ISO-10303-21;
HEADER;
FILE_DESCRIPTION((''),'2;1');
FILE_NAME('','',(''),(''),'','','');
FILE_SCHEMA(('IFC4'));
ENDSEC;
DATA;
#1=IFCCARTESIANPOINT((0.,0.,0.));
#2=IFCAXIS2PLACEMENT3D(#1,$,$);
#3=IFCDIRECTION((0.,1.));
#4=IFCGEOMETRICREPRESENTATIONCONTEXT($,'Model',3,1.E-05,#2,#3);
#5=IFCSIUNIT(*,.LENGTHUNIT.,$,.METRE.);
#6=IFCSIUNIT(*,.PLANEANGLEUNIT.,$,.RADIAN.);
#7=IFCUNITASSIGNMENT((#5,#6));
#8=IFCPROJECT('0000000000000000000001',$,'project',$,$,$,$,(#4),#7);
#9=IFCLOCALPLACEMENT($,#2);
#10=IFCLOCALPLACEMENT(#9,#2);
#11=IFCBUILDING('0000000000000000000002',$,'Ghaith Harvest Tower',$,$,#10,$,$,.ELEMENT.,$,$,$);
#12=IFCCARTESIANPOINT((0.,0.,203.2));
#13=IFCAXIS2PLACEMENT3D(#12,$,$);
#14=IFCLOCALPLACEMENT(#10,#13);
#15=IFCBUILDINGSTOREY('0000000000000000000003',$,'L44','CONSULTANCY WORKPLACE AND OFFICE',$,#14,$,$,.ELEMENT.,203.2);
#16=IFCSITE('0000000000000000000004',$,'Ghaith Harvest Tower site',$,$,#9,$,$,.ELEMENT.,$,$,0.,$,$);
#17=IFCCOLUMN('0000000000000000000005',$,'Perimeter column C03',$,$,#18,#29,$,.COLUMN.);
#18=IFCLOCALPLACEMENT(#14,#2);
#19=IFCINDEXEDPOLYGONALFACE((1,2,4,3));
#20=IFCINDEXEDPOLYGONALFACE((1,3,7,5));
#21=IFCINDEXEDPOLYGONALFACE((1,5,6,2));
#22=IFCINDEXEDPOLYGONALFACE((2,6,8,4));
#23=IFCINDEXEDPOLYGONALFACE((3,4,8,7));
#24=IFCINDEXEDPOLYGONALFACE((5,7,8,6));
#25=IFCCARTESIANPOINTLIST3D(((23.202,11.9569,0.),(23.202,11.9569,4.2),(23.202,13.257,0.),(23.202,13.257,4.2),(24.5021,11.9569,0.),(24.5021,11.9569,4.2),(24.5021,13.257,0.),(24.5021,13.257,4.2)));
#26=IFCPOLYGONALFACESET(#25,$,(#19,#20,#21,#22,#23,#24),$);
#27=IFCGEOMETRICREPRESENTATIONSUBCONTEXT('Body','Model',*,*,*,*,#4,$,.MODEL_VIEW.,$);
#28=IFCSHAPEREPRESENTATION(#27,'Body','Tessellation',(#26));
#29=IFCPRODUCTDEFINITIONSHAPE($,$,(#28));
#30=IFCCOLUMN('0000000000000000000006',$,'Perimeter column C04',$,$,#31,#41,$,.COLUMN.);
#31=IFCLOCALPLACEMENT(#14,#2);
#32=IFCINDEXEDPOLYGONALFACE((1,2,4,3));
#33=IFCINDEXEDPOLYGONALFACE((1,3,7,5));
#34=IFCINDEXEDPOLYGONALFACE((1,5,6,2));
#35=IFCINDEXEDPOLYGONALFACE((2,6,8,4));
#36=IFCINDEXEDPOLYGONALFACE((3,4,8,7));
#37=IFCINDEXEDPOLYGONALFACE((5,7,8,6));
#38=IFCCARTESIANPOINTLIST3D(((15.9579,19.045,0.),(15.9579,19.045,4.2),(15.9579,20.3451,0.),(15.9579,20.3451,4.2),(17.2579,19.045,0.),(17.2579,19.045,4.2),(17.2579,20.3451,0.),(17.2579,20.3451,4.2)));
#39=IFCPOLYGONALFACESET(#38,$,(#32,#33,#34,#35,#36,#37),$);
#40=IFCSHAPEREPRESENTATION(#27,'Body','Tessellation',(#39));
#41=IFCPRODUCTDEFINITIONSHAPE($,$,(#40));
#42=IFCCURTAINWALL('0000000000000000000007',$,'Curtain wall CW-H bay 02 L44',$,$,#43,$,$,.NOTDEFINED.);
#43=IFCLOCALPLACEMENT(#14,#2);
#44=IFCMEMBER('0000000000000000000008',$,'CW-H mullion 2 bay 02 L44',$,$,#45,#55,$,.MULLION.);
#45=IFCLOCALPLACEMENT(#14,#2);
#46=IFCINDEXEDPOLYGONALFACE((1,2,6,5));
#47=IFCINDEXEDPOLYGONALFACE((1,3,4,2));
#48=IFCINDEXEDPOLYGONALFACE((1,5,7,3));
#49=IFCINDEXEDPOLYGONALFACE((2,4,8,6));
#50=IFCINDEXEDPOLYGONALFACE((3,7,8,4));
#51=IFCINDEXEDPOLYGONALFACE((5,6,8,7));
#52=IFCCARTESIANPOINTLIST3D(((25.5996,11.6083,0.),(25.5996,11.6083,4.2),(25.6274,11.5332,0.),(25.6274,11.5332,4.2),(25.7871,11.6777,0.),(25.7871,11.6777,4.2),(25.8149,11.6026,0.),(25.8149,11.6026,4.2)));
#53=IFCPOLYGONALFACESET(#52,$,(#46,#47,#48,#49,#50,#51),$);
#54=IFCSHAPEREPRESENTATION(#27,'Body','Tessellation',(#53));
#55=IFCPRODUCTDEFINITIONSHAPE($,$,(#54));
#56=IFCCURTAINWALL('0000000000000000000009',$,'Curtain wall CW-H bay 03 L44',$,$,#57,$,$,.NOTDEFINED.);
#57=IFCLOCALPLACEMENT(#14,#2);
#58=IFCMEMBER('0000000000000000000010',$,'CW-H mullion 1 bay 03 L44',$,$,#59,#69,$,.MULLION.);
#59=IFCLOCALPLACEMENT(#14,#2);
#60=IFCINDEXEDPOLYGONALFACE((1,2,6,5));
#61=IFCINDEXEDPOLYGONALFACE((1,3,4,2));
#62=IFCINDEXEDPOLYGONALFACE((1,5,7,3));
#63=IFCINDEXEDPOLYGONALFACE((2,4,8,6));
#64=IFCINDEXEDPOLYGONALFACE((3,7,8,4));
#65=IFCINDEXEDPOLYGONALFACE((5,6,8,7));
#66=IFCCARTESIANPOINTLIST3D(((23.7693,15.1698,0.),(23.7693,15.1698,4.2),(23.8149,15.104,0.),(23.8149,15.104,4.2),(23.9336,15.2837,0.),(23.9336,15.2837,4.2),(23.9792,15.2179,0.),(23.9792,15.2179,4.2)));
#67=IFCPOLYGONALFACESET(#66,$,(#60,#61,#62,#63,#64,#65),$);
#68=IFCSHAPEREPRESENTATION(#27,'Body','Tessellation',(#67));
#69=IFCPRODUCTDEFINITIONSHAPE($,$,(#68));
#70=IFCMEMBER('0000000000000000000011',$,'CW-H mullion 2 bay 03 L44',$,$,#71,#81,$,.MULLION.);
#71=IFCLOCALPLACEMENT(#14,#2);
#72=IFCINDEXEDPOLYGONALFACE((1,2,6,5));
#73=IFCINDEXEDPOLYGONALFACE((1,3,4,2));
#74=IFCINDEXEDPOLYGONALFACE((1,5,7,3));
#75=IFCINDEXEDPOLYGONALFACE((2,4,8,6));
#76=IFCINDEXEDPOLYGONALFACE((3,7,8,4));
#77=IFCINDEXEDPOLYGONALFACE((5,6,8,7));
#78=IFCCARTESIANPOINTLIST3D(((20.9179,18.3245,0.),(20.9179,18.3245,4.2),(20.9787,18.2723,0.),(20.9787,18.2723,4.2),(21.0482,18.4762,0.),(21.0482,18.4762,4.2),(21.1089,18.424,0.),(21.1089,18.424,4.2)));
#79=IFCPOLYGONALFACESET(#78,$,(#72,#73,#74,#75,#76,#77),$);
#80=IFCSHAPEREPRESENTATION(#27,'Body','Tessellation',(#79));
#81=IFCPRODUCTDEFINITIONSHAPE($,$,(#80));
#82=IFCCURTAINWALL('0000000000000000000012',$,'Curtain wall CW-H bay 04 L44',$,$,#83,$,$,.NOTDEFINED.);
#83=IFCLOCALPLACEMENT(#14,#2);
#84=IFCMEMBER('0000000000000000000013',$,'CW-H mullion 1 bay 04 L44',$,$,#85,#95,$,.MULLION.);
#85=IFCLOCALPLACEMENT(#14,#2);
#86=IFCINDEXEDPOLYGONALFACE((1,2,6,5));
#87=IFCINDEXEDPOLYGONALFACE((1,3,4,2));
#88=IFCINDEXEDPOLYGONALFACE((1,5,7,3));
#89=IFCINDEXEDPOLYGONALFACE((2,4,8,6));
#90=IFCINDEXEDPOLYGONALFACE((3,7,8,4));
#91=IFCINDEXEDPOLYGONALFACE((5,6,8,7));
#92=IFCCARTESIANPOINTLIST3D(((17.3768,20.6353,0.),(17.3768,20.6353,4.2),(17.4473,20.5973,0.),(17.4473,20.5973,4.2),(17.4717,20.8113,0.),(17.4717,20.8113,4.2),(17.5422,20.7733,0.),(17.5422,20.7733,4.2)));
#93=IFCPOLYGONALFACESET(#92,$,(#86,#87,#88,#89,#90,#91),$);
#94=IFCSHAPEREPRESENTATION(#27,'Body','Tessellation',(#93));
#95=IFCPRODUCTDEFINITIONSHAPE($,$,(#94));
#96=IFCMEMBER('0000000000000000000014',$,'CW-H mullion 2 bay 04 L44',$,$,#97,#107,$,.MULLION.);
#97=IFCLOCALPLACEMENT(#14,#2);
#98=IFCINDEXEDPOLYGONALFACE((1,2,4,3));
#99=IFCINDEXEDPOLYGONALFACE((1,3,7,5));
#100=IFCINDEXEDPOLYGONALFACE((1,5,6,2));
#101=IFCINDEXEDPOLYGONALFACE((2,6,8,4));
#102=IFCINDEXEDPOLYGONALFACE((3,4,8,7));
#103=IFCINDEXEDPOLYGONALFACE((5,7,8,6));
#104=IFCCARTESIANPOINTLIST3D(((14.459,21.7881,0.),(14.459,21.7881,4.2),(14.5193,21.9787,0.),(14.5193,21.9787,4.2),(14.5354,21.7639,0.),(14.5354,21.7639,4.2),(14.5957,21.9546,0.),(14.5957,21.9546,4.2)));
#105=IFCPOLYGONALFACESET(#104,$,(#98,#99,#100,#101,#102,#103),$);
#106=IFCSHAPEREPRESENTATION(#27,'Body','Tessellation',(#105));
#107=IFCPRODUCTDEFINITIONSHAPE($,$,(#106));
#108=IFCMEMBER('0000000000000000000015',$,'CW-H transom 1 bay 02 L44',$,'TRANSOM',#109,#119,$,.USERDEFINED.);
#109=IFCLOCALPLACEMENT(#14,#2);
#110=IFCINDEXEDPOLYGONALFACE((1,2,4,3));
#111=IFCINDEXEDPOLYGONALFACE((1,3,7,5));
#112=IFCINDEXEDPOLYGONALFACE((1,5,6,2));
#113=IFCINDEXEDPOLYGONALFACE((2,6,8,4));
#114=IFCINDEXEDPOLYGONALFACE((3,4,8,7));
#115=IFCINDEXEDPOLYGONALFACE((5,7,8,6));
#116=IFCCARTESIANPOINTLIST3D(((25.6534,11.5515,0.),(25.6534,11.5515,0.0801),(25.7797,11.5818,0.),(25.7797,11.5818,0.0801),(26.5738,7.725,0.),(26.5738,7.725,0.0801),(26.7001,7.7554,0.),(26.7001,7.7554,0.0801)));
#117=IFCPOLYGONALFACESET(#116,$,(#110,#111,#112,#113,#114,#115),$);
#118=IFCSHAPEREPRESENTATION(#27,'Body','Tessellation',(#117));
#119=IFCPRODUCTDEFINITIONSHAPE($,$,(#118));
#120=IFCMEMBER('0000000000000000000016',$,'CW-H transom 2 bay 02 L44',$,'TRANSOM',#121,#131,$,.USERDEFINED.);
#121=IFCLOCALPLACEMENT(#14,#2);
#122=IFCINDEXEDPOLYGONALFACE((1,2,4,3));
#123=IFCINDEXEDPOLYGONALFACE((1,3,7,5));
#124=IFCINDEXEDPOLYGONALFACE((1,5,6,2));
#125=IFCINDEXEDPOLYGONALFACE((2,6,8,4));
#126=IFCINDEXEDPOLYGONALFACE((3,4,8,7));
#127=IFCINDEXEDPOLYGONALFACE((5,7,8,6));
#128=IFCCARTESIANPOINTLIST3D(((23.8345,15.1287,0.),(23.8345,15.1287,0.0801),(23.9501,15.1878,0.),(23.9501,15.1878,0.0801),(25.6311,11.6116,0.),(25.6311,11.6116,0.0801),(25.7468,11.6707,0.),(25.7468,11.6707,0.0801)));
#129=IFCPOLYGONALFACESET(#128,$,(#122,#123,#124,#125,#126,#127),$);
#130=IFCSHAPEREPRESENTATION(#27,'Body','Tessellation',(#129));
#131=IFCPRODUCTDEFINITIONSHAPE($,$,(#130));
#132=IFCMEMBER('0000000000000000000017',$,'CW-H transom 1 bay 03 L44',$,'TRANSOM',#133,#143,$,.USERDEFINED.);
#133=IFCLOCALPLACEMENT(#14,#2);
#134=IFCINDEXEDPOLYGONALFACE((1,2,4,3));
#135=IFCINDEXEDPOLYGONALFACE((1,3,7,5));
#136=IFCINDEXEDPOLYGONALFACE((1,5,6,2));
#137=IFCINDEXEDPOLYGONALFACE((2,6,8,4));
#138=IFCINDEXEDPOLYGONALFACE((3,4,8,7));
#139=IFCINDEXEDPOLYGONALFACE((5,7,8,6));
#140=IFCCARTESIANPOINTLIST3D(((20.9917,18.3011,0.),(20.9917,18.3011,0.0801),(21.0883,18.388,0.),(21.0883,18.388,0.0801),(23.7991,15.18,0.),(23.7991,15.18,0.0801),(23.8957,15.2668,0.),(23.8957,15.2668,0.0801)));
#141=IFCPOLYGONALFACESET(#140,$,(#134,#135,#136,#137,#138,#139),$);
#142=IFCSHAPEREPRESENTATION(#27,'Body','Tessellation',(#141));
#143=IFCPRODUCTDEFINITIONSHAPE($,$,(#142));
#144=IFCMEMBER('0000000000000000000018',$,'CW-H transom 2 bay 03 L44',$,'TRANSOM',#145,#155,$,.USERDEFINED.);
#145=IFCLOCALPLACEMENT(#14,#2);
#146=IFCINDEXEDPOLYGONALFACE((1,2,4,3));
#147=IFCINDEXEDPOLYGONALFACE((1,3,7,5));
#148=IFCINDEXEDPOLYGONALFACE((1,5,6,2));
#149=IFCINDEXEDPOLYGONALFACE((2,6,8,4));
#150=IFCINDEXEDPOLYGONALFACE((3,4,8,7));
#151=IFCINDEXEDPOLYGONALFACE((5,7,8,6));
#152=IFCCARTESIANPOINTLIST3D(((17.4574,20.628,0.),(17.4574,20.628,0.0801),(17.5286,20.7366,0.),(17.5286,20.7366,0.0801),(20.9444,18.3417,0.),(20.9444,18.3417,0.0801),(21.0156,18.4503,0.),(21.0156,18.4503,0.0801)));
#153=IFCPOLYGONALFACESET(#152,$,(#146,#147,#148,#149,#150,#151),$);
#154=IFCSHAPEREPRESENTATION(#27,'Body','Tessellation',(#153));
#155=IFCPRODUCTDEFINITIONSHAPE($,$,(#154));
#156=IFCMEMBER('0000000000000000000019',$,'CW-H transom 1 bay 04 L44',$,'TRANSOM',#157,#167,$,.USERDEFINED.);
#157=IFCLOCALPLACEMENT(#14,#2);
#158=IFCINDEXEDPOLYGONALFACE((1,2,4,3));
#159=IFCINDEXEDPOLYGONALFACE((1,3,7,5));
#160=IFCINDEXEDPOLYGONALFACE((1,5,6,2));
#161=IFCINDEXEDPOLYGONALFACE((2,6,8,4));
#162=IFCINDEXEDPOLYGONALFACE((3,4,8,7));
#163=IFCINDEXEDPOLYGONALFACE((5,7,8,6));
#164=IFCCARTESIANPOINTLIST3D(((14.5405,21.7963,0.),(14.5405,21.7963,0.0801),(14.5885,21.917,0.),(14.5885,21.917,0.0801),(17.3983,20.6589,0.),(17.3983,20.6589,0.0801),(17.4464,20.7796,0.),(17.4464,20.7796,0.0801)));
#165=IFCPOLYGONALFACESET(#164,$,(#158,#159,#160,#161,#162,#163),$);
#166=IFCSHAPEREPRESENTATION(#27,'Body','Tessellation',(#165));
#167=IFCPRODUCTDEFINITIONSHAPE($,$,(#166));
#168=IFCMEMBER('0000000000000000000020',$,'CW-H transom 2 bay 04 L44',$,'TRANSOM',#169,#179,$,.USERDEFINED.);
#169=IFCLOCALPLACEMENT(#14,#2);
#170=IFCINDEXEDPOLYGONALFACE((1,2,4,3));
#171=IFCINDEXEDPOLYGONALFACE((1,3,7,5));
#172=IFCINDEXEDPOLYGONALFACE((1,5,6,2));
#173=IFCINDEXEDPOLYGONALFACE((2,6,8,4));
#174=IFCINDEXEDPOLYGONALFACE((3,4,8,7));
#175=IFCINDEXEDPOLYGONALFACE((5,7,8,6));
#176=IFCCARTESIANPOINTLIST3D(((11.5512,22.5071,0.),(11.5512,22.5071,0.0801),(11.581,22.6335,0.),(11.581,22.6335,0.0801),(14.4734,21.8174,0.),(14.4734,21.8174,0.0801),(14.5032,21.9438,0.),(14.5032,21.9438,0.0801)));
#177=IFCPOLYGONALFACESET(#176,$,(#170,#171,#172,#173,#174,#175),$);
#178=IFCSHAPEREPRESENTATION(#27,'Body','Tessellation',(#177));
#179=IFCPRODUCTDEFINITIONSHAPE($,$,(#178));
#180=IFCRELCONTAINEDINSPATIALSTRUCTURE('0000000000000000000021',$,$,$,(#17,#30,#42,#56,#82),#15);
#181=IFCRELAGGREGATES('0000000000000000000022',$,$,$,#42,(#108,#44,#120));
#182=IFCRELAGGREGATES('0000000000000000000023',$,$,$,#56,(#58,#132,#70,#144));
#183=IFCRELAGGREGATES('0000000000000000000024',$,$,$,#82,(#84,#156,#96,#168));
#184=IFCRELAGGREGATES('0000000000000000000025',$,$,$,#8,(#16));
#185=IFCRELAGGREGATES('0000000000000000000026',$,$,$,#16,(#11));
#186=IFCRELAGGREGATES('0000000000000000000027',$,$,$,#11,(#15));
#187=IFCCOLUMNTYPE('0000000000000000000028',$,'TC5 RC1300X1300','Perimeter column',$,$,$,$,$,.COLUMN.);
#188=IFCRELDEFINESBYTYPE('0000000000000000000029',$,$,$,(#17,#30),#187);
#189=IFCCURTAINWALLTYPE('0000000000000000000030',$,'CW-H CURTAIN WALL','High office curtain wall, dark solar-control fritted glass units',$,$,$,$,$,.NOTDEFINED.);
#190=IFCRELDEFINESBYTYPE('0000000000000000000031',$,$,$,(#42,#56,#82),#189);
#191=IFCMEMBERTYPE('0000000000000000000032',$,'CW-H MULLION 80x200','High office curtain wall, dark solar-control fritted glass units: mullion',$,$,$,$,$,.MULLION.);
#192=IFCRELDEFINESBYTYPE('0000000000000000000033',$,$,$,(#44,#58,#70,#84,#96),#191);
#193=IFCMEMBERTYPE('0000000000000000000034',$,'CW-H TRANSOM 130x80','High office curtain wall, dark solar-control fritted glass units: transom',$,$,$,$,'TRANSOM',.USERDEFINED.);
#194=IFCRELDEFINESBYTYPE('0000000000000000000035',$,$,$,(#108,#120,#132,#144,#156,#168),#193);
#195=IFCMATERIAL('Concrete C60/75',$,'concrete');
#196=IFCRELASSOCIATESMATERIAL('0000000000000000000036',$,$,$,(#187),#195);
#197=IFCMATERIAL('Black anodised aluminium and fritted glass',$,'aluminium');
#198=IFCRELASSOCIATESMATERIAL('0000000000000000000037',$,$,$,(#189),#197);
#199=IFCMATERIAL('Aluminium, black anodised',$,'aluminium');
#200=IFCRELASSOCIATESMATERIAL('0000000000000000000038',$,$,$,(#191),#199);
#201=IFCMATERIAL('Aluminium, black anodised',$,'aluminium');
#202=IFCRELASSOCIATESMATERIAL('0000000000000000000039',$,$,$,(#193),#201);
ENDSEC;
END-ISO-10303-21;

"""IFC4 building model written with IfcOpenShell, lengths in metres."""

from ifc_helpers import new_model, si_unit, direction, frame, origin, origin_2d, place, context, subcontext, project, spatial, rectangle, extrude, material, material_profile, profile_set, type_object, element, aggregate, save


model = new_model("IFC4")

# Units and contexts
model_context = context("Model", 3, precision=1e-05, world=origin(), true_north=direction((0.0, 1.0)))
body_context = subcontext(model_context, "Body", "Model", "MODEL_VIEW")
ifc_project = project(units=[si_unit("LENGTHUNIT", "METRE"), si_unit("PLANEANGLEUNIT", "RADIAN")], contexts=[model_context])

# Site, building, storey
site_placement = place(None, origin())
site = spatial("IfcSite", under=ifc_project, at=site_placement, Name="Ghaith Harvest Tower site", CompositionType="ELEMENT", RefElevation=0.0)
building_placement = place(site_placement, origin())
building = spatial("IfcBuilding", under=site, at=building_placement, Name="Ghaith Harvest Tower", CompositionType="ELEMENT")
storey_placement = place(building_placement, frame((0.0, 0.0, 203.2)))
storey = spatial("IfcBuildingStorey", under=building, at=storey_placement, Name="L44", Description="CONSULTANCY WORKPLACE AND OFFICE", CompositionType="ELEMENT", Elevation=203.2)

# Columns
ifc_material_1 = material(Name="Concrete C60/75", Category="concrete")
ifc_material_profile_1 = material_profile(ifc_material_1, rectangle(XDim=1.3, YDim=1.3, at=origin_2d()), Name="RC1300X1300")
ifc_profile_set_1 = profile_set([ifc_material_profile_1], Name="Concrete C60/75")
column_type = type_object("IfcColumnType", Name="TC5 RC1300X1300", Description="Perimeter column", PredefinedType="COLUMN", material=ifc_profile_set_1)
for number, where, z_axis, x_axis, name in (
    (1, (23.8521, 12.6069, 0.0), (0.0, 0.0, 1.0), (1.0, 0.0, 0.0), "Perimeter column C03"),
    (2, (16.6079, 19.6951, 0.0), (0.0, 0.0, 1.0), (1.0, 0.0, 0.0), "Perimeter column C04"),
):
    element("IfcColumn", number, at=place(storey_placement, frame(where, z_axis=z_axis, x_axis=x_axis)), inside=storey, type_object=column_type, Name=name, PredefinedType="COLUMN", context=body_context, shape_type="SweptSolid", body=[
        extrude(rectangle(XDim=1.3, YDim=1.3, at=origin_2d()), origin(), (0.0, 0.0, 1.0), 4.2),
    ])

# Curtain wall, member
ifc_material_2 = material(Name="Black anodised aluminium and fritted glass", Category="aluminium")
curtain_wall_type = type_object("IfcCurtainWallType", Name="CW-H CURTAIN WALL", Description="High office curtain wall, dark solar-control fritted glass units", PredefinedType="NOTDEFINED", material=ifc_material_2)
curtain_wall_1_placement = place(storey_placement, origin())
curtain_wall_1 = element("IfcCurtainWall", 3, at=curtain_wall_1_placement, inside=storey, type_object=curtain_wall_type, Name="Curtain wall CW-H bay 02 L44", PredefinedType="NOTDEFINED")
ifc_material_3 = material(Name="Aluminium, black anodised", Category="aluminium")
ifc_material_profile_2 = material_profile(ifc_material_3, rectangle(XDim=0.0801, YDim=0.2, at=origin_2d()), Name="CW-H MULLION 80x200")
ifc_profile_set_2 = profile_set([ifc_material_profile_2], Name="Aluminium, black anodised")
member_type_1 = type_object("IfcMemberType", Name="CW-H MULLION 80x200", Description="High office curtain wall, dark solar-control fritted glass units: mullion", PredefinedType="MULLION", material=ifc_profile_set_2)
member_1_placement = place(storey_placement, frame((25.7073, 11.6055, 0.0), z_axis=(0.0, 0.0, 1.0), x_axis=(-0.347012, 0.937861, 0.0)))
member_1 = element("IfcMember", 4, at=member_1_placement, type_object=member_type_1, Name="CW-H mullion 2 bay 02 L44", PredefinedType="MULLION", context=body_context, shape_type="SweptSolid", body=[
    extrude(rectangle(XDim=0.0801, YDim=0.2, at=origin_2d()), origin(), (0.0, 0.0, 1.0), 4.2),
])

# Curtain walls, members
curtain_wall_2_placement = place(storey_placement, origin())
curtain_wall_2 = element("IfcCurtainWall", 5, at=curtain_wall_2_placement, inside=storey, type_object=curtain_wall_type, Name="Curtain wall CW-H bay 03 L44", PredefinedType="NOTDEFINED")
member_2_placement = place(storey_placement, frame((23.8743, 15.1938, 0.0), z_axis=(0.0, 0.0, 1.0), x_axis=(-0.569847, 0.821751, 0.0)))
member_2 = element("IfcMember", 6, at=member_2_placement, type_object=member_type_1, Name="CW-H mullion 1 bay 03 L44", PredefinedType="MULLION", context=body_context, shape_type="SweptSolid", body=[
    extrude(rectangle(XDim=0.0801, YDim=0.2, at=origin_2d()), origin(), (0.0, 0.0, 1.0), 4.2),
])
member_3_placement = place(storey_placement, frame((21.0134, 18.3743, 0.0), z_axis=(0.0, 0.0, 1.0), x_axis=(-0.758541, 0.651625, 0.0)))
member_3 = element("IfcMember", 7, at=member_3_placement, type_object=member_type_1, Name="CW-H mullion 2 bay 03 L44", PredefinedType="MULLION", context=body_context, shape_type="SweptSolid", body=[
    extrude(rectangle(XDim=0.0801, YDim=0.2, at=origin_2d()), origin(), (0.0, 0.0, 1.0), 4.2),
])
curtain_wall_3_placement = place(storey_placement, origin())
curtain_wall_3 = element("IfcCurtainWall", 8, at=curtain_wall_3_placement, inside=storey, type_object=curtain_wall_type, Name="Curtain wall CW-H bay 04 L44", PredefinedType="NOTDEFINED")
member_4_placement = place(storey_placement, frame((17.4595, 20.7043, 0.0), z_axis=(0.0, 0.0, 1.0), x_axis=(-0.880203, 0.474597, 0.0)))
member_4 = element("IfcMember", 9, at=member_4_placement, type_object=member_type_1, Name="CW-H mullion 1 bay 04 L44", PredefinedType="MULLION", context=body_context, shape_type="SweptSolid", body=[
    extrude(rectangle(XDim=0.0801, YDim=0.2, at=origin_2d()), origin(), (0.0, 0.0, 1.0), 4.2),
])
member_5_placement = place(storey_placement, frame((14.5273, 21.8713, 0.0), z_axis=(0.0, 0.0, 1.0), x_axis=(-0.953503, 0.301384, 0.0)))
member_5 = element("IfcMember", 10, at=member_5_placement, type_object=member_type_1, Name="CW-H mullion 2 bay 04 L44", PredefinedType="MULLION", context=body_context, shape_type="SweptSolid", body=[
    extrude(rectangle(XDim=0.0801, YDim=0.2, at=origin_2d()), origin(), (0.0, 0.0, 1.0), 4.2),
])

# Members
ifc_material_4 = material(Name="Aluminium, black anodised", Category="aluminium")
ifc_material_profile_3 = material_profile(ifc_material_4, rectangle(XDim=0.1299, YDim=0.0801, at=origin_2d()), Name="CW-H TRANSOM 130x80")
ifc_profile_set_3 = profile_set([ifc_material_profile_3], Name="Aluminium, black anodised")
member_type_2 = type_object("IfcMemberType", Name="CW-H TRANSOM 130x80", Description="High office curtain wall, dark solar-control fritted glass units: transom", ElementType="TRANSOM", PredefinedType="USERDEFINED", material=ifc_profile_set_3)
member_6_placement = place(storey_placement, frame((26.637, 7.7402, 0.04), z_axis=(-0.23387, 0.972268, 0.0), x_axis=(-0.972268, -0.23387, 0.0)))
member_6 = element("IfcMember", 11, at=member_6_placement, type_object=member_type_2, Name="CW-H transom 1 bay 02 L44", ObjectType="TRANSOM", PredefinedType="USERDEFINED", context=body_context, shape_type="SweptSolid", body=[
    extrude(rectangle(XDim=0.1299, YDim=0.0801, at=origin_2d()), origin(), (0.0, 0.0, 1.0), 3.9355),
])
member_7_placement = place(storey_placement, frame((25.689, 11.6411, 0.04), z_axis=(-0.454912, 0.890537, 0.0), x_axis=(-0.890537, -0.454912, 0.0)))
member_7 = element("IfcMember", 12, at=member_7_placement, type_object=member_type_2, Name="CW-H transom 2 bay 02 L44", ObjectType="TRANSOM", PredefinedType="USERDEFINED", context=body_context, shape_type="SweptSolid", body=[
    extrude(rectangle(XDim=0.1299, YDim=0.0801, at=origin_2d()), origin(), (0.0, 0.0, 1.0), 3.9495),
])
member_8_placement = place(storey_placement, frame((23.8474, 15.2234, 0.04), z_axis=(-0.668753, 0.743485, 0.0), x_axis=(-0.743485, -0.668753, 0.0)))
member_8 = element("IfcMember", 13, at=member_8_placement, type_object=member_type_2, Name="CW-H transom 1 bay 03 L44", ObjectType="TRANSOM", PredefinedType="USERDEFINED", context=body_context, shape_type="SweptSolid", body=[
    extrude(rectangle(XDim=0.1299, YDim=0.0801, at=origin_2d()), origin(), (0.0, 0.0, 1.0), 4.198),
])
member_9_placement = place(storey_placement, frame((20.98, 18.396, 0.04), z_axis=(-0.836269, 0.54832, 0.0), x_axis=(-0.54832, -0.836269, 0.0)))
member_9 = element("IfcMember", 14, at=member_9_placement, type_object=member_type_2, Name="CW-H transom 2 bay 03 L44", ObjectType="TRANSOM", PredefinedType="USERDEFINED", context=body_context, shape_type="SweptSolid", body=[
    extrude(rectangle(XDim=0.1299, YDim=0.0801, at=origin_2d()), origin(), (0.0, 0.0, 1.0), 4.1697),
])
member_10_placement = place(storey_placement, frame((17.4224, 20.7192, 0.04), z_axis=(-0.929116, 0.369789, 0.0), x_axis=(-0.369789, -0.929116, 0.0)))
member_10 = element("IfcMember", 15, at=member_10_placement, type_object=member_type_2, Name="CW-H transom 1 bay 04 L44", ObjectType="TRANSOM", PredefinedType="USERDEFINED", context=body_context, shape_type="SweptSolid", body=[
    extrude(rectangle(XDim=0.1299, YDim=0.0801, at=origin_2d()), origin(), (0.0, 0.0, 1.0), 3.0759),
])
member_11_placement = place(storey_placement, frame((14.4883, 21.8806, 0.04), z_axis=(-0.973258, 0.229715, 0.0), x_axis=(-0.229715, -0.973258, 0.0)))
member_11 = element("IfcMember", 16, at=member_11_placement, type_object=member_type_2, Name="CW-H transom 2 bay 04 L44", ObjectType="TRANSOM", PredefinedType="USERDEFINED", context=body_context, shape_type="SweptSolid", body=[
    extrude(rectangle(XDim=0.1299, YDim=0.0801, at=origin_2d()), origin(), (0.0, 0.0, 1.0), 3.0024),
])

aggregate(curtain_wall_1, [member_6, member_1, member_7])
aggregate(curtain_wall_2, [member_2, member_8, member_3, member_9])
aggregate(curtain_wall_3, [member_4, member_10, member_5, member_11])

save(model, "model.ifc")
